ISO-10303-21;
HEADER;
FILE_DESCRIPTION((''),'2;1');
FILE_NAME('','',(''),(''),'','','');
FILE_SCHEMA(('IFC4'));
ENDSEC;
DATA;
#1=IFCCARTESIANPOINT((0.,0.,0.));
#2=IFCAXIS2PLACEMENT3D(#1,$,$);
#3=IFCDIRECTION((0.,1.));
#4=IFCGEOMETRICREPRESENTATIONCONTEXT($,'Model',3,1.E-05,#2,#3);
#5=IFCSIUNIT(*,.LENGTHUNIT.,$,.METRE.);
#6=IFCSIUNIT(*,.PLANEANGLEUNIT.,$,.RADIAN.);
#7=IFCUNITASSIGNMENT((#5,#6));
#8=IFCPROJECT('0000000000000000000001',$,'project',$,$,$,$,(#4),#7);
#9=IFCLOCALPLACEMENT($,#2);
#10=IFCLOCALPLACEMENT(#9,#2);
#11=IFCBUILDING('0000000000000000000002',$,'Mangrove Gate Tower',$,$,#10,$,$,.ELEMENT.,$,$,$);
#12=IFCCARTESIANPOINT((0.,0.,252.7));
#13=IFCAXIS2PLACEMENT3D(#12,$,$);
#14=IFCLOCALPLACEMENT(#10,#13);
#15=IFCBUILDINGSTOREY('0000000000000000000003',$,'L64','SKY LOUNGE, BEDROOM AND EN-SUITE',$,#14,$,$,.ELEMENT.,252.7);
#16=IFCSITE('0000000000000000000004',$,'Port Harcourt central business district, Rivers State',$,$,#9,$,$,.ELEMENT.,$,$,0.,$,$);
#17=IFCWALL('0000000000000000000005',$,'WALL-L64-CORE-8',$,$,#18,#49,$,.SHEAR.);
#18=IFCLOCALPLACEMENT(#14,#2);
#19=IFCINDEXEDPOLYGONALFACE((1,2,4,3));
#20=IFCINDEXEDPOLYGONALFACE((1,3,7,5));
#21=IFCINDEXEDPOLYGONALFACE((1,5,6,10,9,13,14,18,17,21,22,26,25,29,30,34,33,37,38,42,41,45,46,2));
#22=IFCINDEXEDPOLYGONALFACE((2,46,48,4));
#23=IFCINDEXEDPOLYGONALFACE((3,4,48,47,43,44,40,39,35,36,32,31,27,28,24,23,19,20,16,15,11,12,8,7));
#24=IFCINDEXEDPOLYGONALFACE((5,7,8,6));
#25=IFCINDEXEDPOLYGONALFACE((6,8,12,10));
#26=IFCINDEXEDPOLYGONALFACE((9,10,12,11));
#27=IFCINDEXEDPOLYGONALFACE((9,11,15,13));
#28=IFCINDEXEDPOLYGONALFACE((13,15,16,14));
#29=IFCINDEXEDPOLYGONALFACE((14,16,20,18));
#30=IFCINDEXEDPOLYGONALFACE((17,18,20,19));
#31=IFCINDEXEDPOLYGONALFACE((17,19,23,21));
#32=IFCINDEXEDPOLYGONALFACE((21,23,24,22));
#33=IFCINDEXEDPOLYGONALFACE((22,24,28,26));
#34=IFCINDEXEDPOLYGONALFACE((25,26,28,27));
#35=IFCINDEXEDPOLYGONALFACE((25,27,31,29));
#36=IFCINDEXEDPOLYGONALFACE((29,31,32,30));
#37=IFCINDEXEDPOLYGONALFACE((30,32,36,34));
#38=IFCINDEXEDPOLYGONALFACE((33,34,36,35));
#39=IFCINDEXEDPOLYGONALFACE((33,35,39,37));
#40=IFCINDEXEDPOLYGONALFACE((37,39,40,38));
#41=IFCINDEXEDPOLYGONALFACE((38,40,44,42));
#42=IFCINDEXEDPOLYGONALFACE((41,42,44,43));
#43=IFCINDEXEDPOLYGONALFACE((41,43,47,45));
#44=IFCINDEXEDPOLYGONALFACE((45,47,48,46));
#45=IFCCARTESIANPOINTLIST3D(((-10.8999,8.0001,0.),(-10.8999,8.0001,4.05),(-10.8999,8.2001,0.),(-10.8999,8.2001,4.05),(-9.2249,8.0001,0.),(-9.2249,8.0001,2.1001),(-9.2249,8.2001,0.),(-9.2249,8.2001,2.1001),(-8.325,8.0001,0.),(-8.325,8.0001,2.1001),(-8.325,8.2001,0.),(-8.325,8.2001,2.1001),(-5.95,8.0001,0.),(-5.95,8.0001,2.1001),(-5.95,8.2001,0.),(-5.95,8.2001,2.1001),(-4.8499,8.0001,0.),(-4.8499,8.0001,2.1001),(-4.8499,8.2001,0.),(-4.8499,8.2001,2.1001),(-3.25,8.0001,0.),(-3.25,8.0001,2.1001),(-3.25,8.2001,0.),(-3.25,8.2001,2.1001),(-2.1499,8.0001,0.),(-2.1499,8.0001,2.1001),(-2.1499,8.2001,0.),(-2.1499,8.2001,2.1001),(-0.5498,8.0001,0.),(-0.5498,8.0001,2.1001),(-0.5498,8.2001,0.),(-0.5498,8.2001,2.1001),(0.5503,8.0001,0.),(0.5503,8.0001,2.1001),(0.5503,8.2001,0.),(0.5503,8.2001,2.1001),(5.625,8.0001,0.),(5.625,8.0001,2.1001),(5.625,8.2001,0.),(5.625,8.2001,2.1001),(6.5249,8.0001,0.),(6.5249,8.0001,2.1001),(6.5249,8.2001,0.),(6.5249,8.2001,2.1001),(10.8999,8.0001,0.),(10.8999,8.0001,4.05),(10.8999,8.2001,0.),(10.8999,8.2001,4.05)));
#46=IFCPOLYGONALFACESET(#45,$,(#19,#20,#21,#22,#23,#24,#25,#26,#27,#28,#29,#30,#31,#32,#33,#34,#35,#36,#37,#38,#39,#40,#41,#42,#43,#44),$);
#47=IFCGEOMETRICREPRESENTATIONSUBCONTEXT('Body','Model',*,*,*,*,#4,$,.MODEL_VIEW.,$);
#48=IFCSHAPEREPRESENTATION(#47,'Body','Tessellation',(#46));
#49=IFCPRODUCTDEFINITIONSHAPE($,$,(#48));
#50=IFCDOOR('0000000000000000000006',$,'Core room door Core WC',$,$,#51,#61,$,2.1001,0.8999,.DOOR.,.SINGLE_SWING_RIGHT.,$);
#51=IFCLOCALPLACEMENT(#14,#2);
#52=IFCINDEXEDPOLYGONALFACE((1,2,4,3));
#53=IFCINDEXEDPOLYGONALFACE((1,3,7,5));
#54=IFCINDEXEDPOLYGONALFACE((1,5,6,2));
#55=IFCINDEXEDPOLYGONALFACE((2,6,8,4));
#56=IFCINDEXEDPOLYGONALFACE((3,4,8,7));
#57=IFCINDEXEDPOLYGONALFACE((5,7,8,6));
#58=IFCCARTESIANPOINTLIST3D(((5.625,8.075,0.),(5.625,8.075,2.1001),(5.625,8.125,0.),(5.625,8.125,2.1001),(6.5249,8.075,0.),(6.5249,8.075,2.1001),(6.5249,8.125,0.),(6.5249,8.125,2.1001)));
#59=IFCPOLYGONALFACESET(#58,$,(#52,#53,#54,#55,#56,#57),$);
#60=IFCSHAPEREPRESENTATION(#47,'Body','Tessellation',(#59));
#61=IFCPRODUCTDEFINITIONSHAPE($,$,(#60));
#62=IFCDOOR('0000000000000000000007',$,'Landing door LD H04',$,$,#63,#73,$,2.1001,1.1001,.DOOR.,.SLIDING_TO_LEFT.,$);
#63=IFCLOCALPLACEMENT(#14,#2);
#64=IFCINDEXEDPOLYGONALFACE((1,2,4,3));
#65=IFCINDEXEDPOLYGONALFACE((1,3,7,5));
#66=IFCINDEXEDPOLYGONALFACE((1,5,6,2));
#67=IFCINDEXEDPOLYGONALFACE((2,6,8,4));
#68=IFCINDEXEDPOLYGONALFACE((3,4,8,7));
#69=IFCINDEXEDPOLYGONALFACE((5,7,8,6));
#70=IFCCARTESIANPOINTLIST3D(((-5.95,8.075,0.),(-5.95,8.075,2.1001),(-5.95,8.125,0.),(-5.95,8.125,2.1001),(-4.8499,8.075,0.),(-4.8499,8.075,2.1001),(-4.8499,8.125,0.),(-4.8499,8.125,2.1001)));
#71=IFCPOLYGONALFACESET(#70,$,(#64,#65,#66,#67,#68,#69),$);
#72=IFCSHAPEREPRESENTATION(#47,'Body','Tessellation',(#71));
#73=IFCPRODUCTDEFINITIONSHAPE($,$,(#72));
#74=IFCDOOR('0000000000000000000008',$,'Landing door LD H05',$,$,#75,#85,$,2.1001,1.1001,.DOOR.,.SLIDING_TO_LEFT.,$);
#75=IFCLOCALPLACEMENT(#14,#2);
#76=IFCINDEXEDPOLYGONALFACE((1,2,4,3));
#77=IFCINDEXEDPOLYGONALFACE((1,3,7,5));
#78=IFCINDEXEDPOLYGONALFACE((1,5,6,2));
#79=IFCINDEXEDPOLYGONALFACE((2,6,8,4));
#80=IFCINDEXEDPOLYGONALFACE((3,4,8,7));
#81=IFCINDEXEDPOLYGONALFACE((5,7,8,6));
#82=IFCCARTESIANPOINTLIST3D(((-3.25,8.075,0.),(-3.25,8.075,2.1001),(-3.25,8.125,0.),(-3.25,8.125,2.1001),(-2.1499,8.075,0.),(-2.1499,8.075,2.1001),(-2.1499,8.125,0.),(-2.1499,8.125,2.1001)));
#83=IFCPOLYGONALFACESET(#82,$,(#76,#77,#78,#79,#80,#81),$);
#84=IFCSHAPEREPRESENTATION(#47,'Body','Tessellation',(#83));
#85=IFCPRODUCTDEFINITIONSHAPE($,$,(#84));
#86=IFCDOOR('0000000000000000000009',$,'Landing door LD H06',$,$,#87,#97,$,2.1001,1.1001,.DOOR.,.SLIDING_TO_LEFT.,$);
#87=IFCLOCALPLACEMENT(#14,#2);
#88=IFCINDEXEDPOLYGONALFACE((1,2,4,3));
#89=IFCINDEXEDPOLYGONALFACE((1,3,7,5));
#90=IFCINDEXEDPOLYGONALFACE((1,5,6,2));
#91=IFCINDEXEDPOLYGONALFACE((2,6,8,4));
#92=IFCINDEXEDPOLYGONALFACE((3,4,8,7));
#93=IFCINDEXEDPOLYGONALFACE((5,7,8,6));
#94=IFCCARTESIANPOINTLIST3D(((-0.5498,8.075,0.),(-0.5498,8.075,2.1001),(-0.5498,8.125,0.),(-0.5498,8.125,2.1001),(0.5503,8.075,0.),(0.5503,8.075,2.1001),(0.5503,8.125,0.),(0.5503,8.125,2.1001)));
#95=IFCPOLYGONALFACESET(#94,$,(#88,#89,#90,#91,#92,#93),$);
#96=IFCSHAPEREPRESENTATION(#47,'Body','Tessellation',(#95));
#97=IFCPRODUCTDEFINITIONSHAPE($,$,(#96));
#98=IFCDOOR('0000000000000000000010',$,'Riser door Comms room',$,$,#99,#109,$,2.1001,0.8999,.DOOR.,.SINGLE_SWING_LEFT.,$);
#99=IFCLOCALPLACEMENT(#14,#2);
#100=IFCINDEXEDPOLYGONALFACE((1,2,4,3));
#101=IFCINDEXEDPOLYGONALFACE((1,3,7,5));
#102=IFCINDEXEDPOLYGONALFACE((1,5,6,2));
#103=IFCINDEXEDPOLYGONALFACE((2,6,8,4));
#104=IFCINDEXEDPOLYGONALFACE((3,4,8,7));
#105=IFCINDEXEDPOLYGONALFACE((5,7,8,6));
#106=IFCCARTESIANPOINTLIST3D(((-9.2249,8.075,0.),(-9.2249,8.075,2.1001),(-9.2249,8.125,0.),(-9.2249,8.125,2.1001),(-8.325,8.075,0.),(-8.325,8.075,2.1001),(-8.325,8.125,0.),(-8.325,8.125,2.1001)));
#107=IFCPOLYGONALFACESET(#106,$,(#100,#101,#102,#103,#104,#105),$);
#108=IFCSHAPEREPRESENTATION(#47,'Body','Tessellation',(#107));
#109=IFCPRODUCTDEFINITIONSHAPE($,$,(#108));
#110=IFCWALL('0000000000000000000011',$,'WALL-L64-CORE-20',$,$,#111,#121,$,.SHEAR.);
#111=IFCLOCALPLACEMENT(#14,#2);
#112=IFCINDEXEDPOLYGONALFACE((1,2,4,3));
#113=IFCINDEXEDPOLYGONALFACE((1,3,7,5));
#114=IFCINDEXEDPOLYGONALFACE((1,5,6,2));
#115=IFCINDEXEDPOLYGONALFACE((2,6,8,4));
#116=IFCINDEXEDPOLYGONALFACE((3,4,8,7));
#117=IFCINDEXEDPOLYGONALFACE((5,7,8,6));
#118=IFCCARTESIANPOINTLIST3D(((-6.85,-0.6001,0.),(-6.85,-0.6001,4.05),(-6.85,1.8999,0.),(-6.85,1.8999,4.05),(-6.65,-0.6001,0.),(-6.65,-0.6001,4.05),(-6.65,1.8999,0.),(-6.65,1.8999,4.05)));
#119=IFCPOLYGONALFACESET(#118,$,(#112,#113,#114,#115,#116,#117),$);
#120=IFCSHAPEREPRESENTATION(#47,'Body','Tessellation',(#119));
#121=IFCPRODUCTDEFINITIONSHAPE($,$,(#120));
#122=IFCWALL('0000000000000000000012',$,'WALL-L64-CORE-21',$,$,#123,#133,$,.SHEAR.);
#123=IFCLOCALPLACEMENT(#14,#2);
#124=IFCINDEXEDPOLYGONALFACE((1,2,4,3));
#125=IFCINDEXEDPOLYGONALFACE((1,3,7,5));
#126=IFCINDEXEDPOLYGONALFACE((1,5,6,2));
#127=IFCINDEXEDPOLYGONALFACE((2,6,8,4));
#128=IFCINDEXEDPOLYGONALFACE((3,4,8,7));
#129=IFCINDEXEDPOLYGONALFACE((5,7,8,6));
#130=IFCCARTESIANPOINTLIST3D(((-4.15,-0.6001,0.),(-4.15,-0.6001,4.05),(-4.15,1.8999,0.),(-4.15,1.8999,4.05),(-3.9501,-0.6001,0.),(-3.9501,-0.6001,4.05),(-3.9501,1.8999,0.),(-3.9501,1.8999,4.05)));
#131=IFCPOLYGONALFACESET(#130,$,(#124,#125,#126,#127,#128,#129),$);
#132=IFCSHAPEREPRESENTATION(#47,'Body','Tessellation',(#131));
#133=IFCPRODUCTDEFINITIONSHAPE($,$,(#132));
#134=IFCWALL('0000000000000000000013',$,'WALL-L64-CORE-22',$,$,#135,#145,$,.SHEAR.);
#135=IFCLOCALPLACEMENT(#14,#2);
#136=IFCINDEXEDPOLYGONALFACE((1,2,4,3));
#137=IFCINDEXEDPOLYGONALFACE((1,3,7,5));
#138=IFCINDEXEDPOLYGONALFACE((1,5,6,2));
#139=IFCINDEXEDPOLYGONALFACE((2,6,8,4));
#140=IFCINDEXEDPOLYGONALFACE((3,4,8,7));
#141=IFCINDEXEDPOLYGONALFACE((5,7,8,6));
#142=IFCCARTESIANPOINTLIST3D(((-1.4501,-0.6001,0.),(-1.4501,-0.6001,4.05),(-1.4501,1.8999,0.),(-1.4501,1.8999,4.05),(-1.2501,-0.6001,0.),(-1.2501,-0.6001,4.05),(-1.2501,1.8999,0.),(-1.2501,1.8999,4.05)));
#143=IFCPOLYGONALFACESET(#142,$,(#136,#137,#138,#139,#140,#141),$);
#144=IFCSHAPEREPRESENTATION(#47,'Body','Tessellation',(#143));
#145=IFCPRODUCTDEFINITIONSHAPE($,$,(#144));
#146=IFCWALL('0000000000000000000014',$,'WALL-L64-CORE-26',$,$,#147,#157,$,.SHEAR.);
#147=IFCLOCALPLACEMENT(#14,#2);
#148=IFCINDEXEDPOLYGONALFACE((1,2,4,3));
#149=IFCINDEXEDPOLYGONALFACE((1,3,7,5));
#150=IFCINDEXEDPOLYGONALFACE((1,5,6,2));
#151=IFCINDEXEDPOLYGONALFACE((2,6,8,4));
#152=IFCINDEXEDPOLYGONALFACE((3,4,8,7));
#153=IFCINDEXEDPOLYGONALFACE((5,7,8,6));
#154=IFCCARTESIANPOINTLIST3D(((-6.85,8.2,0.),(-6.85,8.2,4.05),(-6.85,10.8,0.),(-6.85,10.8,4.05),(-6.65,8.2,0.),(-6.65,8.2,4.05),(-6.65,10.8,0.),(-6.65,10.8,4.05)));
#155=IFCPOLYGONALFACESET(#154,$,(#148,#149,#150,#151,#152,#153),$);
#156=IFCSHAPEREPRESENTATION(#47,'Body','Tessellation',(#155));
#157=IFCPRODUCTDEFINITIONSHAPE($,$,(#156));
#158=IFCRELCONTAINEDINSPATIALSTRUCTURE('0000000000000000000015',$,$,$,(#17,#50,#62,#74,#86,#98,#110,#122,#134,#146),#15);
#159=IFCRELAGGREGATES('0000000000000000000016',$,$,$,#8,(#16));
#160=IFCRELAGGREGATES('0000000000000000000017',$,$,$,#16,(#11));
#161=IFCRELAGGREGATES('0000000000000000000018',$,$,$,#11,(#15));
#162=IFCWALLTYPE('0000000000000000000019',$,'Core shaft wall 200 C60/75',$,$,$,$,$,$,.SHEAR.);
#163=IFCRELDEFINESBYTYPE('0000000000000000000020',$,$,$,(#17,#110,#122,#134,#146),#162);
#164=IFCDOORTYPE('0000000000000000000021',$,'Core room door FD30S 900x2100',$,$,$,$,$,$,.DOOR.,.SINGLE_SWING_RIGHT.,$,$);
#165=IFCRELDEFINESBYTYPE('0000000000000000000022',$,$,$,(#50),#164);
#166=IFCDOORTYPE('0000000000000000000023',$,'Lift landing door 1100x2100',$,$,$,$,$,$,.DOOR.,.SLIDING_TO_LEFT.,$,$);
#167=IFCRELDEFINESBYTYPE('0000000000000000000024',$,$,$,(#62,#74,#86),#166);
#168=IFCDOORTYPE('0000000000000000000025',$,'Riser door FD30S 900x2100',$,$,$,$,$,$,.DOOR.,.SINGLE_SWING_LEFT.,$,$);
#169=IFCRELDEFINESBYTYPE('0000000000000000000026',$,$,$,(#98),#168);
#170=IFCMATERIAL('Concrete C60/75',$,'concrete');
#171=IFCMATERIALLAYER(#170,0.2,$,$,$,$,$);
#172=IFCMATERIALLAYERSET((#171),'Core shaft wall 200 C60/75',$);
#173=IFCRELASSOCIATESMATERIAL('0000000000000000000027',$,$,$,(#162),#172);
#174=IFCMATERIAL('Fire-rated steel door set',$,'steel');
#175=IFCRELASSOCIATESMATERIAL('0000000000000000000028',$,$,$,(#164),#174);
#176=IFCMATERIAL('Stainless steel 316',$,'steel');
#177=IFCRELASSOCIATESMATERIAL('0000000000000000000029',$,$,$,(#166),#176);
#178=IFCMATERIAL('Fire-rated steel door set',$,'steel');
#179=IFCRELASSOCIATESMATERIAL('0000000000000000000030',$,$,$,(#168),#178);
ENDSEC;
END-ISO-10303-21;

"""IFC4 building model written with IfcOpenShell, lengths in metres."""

from ifc_helpers import new_model, si_unit, direction, frame, frame_2d, origin, place, context, subcontext, project, spatial, rectangle, extrude, material, layer, layer_set, type_object, element, fill, save


model = new_model("IFC4")

# Units and contexts
model_context = context("Model", 3, precision=1e-05, world=origin(), true_north=direction((0.0, 1.0)))
body_context = subcontext(model_context, "Body", "Model", "MODEL_VIEW")
ifc_project = project(units=[si_unit("LENGTHUNIT", "METRE"), si_unit("PLANEANGLEUNIT", "RADIAN")], contexts=[model_context])

# Site, building, storey
site_placement = place(None, origin())
site = spatial("IfcSite", under=ifc_project, at=site_placement, Name="Port Harcourt central business district, Rivers State", CompositionType="ELEMENT", RefElevation=0.0)
building_placement = place(site_placement, origin())
building = spatial("IfcBuilding", under=site, at=building_placement, Name="Mangrove Gate Tower", CompositionType="ELEMENT")
storey_placement = place(building_placement, frame((0.0, 0.0, 252.7)))
storey = spatial("IfcBuildingStorey", under=building, at=storey_placement, Name="L64", Description="SKY LOUNGE, BEDROOM AND EN-SUITE", CompositionType="ELEMENT", Elevation=252.7)

# Shared definitions
ifc_material_1 = material(Name="Concrete C60/75", Category="concrete")
ifc_layer_1 = layer(ifc_material_1, 0.2)
ifc_layer_set_1 = layer_set([ifc_layer_1], Name="Core shaft wall 200 C60/75")
wall_type_1 = type_object("IfcWallType", Name="Core shaft wall 200 C60/75", PredefinedType="SHEAR", material=ifc_layer_set_1)

# Wall, openings, doors
ifc_material_2 = material(Name="Fire-rated steel door set", Category="steel")
door_type_1 = type_object("IfcDoorType", Name="Core room door FD30S 900x2100", OperationType="SINGLE_SWING_RIGHT", PredefinedType="DOOR", material=ifc_material_2)
ifc_material_3 = material(Name="Stainless steel 316", Category="steel")
door_type_2 = type_object("IfcDoorType", Name="Lift landing door 1100x2100", OperationType="SLIDING_TO_LEFT", PredefinedType="DOOR", material=ifc_material_3)
ifc_material_4 = material(Name="Fire-rated steel door set", Category="steel")
door_type_3 = type_object("IfcDoorType", Name="Riser door FD30S 900x2100", OperationType="SINGLE_SWING_LEFT", PredefinedType="DOOR", material=ifc_material_4)
wall_1_placement = place(storey_placement, frame((-10.8999, 8.1001, 0.0), z_axis=(0.0, 0.0, 1.0), x_axis=(1.0, 0.0, 0.0)))
wall_1 = element("IfcWall", 1, at=wall_1_placement, inside=storey, type_object=wall_type_1, Name="WALL-L64-CORE-8", PredefinedType="SHEAR", context=body_context, shape_type="SweptSolid", body=[
    extrude(rectangle(XDim=21.7998, YDim=0.2, at=frame_2d((10.8999, 0.0))), origin(), (0.0, 0.0, 1.0), 4.05),
])
opening_1_placement = place(wall_1_placement, frame((4.95, 0.0, 0.0)))
opening_1 = element("IfcOpeningElement", 2, at=opening_1_placement, cuts=wall_1, PredefinedType="OPENING", context=body_context, shape_type="SweptSolid", body=[
    extrude(rectangle(XDim=1.1001, YDim=2.1001, at=frame_2d((0.55, 1.05))), frame((0.0, 0.1099, 0.0), z_axis=(0.0, -1.0, 0.0), x_axis=(1.0, 0.0, 0.0)), (0.0, 0.0, 1.0), 0.22),
])
opening_2_placement = place(wall_1_placement, frame((7.6499, 0.0, 0.0)))
opening_2 = element("IfcOpeningElement", 3, at=opening_2_placement, cuts=wall_1, PredefinedType="OPENING", context=body_context, shape_type="SweptSolid", body=[
    extrude(rectangle(XDim=1.1001, YDim=2.1001, at=frame_2d((0.55, 1.05))), frame((0.0, 0.1099, 0.0), z_axis=(0.0, -1.0, 0.0), x_axis=(1.0, 0.0, 0.0)), (0.0, 0.0, 1.0), 0.22),
])
opening_3_placement = place(wall_1_placement, frame((10.3501, 0.0, 0.0)))
opening_3 = element("IfcOpeningElement", 4, at=opening_3_placement, cuts=wall_1, PredefinedType="OPENING", context=body_context, shape_type="SweptSolid", body=[
    extrude(rectangle(XDim=1.1001, YDim=2.1001, at=frame_2d((0.55, 1.05))), frame((0.0, 0.1099, 0.0), z_axis=(0.0, -1.0, 0.0), x_axis=(1.0, 0.0, 0.0)), (0.0, 0.0, 1.0), 0.22),
])
opening_4_placement = place(wall_1_placement, frame((1.675, 0.0, 0.0)))
opening_4 = element("IfcOpeningElement", 5, at=opening_4_placement, cuts=wall_1, PredefinedType="OPENING", context=body_context, shape_type="SweptSolid", body=[
    extrude(rectangle(XDim=0.8999, YDim=2.1001, at=frame_2d((0.45, 1.05))), frame((0.0, 0.1099, 0.0), z_axis=(0.0, -1.0, 0.0), x_axis=(1.0, 0.0, 0.0)), (0.0, 0.0, 1.0), 0.22),
])
opening_5_placement = place(wall_1_placement, frame((16.5249, 0.0, 0.0)))
opening_5 = element("IfcOpeningElement", 6, at=opening_5_placement, cuts=wall_1, PredefinedType="OPENING", context=body_context, shape_type="SweptSolid", body=[
    extrude(rectangle(XDim=0.8999, YDim=2.1001, at=frame_2d((0.45, 1.05))), frame((0.0, 0.1099, 0.0), z_axis=(0.0, -1.0, 0.0), x_axis=(1.0, 0.0, 0.0)), (0.0, 0.0, 1.0), 0.22),
])
door_1_placement = place(opening_5_placement, origin())
door_1 = element("IfcDoor", 7, at=door_1_placement, inside=storey, type_object=door_type_1, Name="Core room door Core WC", OperationType="SINGLE_SWING_RIGHT", OverallHeight=2.1001, OverallWidth=0.8999, PredefinedType="DOOR", context=body_context, shape_type="SweptSolid", body=[
    extrude(rectangle(XDim=0.8999, YDim=2.1001, at=frame_2d((0.45, 1.05))), frame((0.0, 0.0249, 0.0), z_axis=(0.0, -1.0, 0.0), x_axis=(1.0, 0.0, 0.0)), (0.0, 0.0, 1.0), 0.05),
])
fill(opening_5, door_1)
door_2_placement = place(opening_1_placement, origin())
door_2 = element("IfcDoor", 8, at=door_2_placement, inside=storey, type_object=door_type_2, Name="Landing door LD H04", OperationType="SLIDING_TO_LEFT", OverallHeight=2.1001, OverallWidth=1.1001, PredefinedType="DOOR", context=body_context, shape_type="SweptSolid", body=[
    extrude(rectangle(XDim=1.1001, YDim=2.1001, at=frame_2d((0.55, 1.05))), frame((0.0, 0.0249, 0.0), z_axis=(0.0, -1.0, 0.0), x_axis=(1.0, 0.0, 0.0)), (0.0, 0.0, 1.0), 0.05),
])
fill(opening_1, door_2)
door_3_placement = place(opening_2_placement, origin())
door_3 = element("IfcDoor", 9, at=door_3_placement, inside=storey, type_object=door_type_2, Name="Landing door LD H05", OperationType="SLIDING_TO_LEFT", OverallHeight=2.1001, OverallWidth=1.1001, PredefinedType="DOOR", context=body_context, shape_type="SweptSolid", body=[
    extrude(rectangle(XDim=1.1001, YDim=2.1001, at=frame_2d((0.55, 1.05))), frame((0.0, 0.0249, 0.0), z_axis=(0.0, -1.0, 0.0), x_axis=(1.0, 0.0, 0.0)), (0.0, 0.0, 1.0), 0.05),
])
fill(opening_2, door_3)
door_4_placement = place(opening_3_placement, origin())
door_4 = element("IfcDoor", 10, at=door_4_placement, inside=storey, type_object=door_type_2, Name="Landing door LD H06", OperationType="SLIDING_TO_LEFT", OverallHeight=2.1001, OverallWidth=1.1001, PredefinedType="DOOR", context=body_context, shape_type="SweptSolid", body=[
    extrude(rectangle(XDim=1.1001, YDim=2.1001, at=frame_2d((0.55, 1.05))), frame((0.0, 0.0249, 0.0), z_axis=(0.0, -1.0, 0.0), x_axis=(1.0, 0.0, 0.0)), (0.0, 0.0, 1.0), 0.05),
])
fill(opening_3, door_4)
door_5_placement = place(opening_4_placement, origin())
door_5 = element("IfcDoor", 11, at=door_5_placement, inside=storey, type_object=door_type_3, Name="Riser door Comms room", OperationType="SINGLE_SWING_LEFT", OverallHeight=2.1001, OverallWidth=0.8999, PredefinedType="DOOR", context=body_context, shape_type="SweptSolid", body=[
    extrude(rectangle(XDim=0.8999, YDim=2.1001, at=frame_2d((0.45, 1.05))), frame((0.0, 0.0249, 0.0), z_axis=(0.0, -1.0, 0.0), x_axis=(1.0, 0.0, 0.0)), (0.0, 0.0, 1.0), 0.05),
])
fill(opening_4, door_5)

# Walls
for number, where, z_axis, x_axis, name in (
    (12, (-6.75, -0.6001, 0.0), (0.0, 0.0, 1.0), (0.0, 1.0, 0.0), "WALL-L64-CORE-20"),
    (13, (-4.05, -0.6001, 0.0), (0.0, 0.0, 1.0), (0.0, 1.0, 0.0), "WALL-L64-CORE-21"),
    (14, (-1.3501, -0.6001, 0.0), (0.0, 0.0, 1.0), (0.0, 1.0, 0.0), "WALL-L64-CORE-22"),
):
    element("IfcWall", number, at=place(storey_placement, frame(where, z_axis=z_axis, x_axis=x_axis)), inside=storey, type_object=wall_type_1, Name=name, PredefinedType="SHEAR", context=body_context, shape_type="SweptSolid", body=[
        extrude(rectangle(XDim=2.5, YDim=0.2, at=frame_2d((1.25, 0.0))), origin(), (0.0, 0.0, 1.0), 4.05),
    ])
wall_2_placement = place(storey_placement, frame((-6.75, 8.2, 0.0), z_axis=(0.0, 0.0, 1.0), x_axis=(0.0, 1.0, 0.0)))
element("IfcWall", 15, at=wall_2_placement, inside=storey, type_object=wall_type_1, Name="WALL-L64-CORE-26", PredefinedType="SHEAR", context=body_context, shape_type="SweptSolid", body=[
    extrude(rectangle(XDim=2.6001, YDim=0.2, at=frame_2d((1.3, 0.0))), origin(), (0.0, 0.0, 1.0), 4.05),
])

save(model, "model.ifc")
